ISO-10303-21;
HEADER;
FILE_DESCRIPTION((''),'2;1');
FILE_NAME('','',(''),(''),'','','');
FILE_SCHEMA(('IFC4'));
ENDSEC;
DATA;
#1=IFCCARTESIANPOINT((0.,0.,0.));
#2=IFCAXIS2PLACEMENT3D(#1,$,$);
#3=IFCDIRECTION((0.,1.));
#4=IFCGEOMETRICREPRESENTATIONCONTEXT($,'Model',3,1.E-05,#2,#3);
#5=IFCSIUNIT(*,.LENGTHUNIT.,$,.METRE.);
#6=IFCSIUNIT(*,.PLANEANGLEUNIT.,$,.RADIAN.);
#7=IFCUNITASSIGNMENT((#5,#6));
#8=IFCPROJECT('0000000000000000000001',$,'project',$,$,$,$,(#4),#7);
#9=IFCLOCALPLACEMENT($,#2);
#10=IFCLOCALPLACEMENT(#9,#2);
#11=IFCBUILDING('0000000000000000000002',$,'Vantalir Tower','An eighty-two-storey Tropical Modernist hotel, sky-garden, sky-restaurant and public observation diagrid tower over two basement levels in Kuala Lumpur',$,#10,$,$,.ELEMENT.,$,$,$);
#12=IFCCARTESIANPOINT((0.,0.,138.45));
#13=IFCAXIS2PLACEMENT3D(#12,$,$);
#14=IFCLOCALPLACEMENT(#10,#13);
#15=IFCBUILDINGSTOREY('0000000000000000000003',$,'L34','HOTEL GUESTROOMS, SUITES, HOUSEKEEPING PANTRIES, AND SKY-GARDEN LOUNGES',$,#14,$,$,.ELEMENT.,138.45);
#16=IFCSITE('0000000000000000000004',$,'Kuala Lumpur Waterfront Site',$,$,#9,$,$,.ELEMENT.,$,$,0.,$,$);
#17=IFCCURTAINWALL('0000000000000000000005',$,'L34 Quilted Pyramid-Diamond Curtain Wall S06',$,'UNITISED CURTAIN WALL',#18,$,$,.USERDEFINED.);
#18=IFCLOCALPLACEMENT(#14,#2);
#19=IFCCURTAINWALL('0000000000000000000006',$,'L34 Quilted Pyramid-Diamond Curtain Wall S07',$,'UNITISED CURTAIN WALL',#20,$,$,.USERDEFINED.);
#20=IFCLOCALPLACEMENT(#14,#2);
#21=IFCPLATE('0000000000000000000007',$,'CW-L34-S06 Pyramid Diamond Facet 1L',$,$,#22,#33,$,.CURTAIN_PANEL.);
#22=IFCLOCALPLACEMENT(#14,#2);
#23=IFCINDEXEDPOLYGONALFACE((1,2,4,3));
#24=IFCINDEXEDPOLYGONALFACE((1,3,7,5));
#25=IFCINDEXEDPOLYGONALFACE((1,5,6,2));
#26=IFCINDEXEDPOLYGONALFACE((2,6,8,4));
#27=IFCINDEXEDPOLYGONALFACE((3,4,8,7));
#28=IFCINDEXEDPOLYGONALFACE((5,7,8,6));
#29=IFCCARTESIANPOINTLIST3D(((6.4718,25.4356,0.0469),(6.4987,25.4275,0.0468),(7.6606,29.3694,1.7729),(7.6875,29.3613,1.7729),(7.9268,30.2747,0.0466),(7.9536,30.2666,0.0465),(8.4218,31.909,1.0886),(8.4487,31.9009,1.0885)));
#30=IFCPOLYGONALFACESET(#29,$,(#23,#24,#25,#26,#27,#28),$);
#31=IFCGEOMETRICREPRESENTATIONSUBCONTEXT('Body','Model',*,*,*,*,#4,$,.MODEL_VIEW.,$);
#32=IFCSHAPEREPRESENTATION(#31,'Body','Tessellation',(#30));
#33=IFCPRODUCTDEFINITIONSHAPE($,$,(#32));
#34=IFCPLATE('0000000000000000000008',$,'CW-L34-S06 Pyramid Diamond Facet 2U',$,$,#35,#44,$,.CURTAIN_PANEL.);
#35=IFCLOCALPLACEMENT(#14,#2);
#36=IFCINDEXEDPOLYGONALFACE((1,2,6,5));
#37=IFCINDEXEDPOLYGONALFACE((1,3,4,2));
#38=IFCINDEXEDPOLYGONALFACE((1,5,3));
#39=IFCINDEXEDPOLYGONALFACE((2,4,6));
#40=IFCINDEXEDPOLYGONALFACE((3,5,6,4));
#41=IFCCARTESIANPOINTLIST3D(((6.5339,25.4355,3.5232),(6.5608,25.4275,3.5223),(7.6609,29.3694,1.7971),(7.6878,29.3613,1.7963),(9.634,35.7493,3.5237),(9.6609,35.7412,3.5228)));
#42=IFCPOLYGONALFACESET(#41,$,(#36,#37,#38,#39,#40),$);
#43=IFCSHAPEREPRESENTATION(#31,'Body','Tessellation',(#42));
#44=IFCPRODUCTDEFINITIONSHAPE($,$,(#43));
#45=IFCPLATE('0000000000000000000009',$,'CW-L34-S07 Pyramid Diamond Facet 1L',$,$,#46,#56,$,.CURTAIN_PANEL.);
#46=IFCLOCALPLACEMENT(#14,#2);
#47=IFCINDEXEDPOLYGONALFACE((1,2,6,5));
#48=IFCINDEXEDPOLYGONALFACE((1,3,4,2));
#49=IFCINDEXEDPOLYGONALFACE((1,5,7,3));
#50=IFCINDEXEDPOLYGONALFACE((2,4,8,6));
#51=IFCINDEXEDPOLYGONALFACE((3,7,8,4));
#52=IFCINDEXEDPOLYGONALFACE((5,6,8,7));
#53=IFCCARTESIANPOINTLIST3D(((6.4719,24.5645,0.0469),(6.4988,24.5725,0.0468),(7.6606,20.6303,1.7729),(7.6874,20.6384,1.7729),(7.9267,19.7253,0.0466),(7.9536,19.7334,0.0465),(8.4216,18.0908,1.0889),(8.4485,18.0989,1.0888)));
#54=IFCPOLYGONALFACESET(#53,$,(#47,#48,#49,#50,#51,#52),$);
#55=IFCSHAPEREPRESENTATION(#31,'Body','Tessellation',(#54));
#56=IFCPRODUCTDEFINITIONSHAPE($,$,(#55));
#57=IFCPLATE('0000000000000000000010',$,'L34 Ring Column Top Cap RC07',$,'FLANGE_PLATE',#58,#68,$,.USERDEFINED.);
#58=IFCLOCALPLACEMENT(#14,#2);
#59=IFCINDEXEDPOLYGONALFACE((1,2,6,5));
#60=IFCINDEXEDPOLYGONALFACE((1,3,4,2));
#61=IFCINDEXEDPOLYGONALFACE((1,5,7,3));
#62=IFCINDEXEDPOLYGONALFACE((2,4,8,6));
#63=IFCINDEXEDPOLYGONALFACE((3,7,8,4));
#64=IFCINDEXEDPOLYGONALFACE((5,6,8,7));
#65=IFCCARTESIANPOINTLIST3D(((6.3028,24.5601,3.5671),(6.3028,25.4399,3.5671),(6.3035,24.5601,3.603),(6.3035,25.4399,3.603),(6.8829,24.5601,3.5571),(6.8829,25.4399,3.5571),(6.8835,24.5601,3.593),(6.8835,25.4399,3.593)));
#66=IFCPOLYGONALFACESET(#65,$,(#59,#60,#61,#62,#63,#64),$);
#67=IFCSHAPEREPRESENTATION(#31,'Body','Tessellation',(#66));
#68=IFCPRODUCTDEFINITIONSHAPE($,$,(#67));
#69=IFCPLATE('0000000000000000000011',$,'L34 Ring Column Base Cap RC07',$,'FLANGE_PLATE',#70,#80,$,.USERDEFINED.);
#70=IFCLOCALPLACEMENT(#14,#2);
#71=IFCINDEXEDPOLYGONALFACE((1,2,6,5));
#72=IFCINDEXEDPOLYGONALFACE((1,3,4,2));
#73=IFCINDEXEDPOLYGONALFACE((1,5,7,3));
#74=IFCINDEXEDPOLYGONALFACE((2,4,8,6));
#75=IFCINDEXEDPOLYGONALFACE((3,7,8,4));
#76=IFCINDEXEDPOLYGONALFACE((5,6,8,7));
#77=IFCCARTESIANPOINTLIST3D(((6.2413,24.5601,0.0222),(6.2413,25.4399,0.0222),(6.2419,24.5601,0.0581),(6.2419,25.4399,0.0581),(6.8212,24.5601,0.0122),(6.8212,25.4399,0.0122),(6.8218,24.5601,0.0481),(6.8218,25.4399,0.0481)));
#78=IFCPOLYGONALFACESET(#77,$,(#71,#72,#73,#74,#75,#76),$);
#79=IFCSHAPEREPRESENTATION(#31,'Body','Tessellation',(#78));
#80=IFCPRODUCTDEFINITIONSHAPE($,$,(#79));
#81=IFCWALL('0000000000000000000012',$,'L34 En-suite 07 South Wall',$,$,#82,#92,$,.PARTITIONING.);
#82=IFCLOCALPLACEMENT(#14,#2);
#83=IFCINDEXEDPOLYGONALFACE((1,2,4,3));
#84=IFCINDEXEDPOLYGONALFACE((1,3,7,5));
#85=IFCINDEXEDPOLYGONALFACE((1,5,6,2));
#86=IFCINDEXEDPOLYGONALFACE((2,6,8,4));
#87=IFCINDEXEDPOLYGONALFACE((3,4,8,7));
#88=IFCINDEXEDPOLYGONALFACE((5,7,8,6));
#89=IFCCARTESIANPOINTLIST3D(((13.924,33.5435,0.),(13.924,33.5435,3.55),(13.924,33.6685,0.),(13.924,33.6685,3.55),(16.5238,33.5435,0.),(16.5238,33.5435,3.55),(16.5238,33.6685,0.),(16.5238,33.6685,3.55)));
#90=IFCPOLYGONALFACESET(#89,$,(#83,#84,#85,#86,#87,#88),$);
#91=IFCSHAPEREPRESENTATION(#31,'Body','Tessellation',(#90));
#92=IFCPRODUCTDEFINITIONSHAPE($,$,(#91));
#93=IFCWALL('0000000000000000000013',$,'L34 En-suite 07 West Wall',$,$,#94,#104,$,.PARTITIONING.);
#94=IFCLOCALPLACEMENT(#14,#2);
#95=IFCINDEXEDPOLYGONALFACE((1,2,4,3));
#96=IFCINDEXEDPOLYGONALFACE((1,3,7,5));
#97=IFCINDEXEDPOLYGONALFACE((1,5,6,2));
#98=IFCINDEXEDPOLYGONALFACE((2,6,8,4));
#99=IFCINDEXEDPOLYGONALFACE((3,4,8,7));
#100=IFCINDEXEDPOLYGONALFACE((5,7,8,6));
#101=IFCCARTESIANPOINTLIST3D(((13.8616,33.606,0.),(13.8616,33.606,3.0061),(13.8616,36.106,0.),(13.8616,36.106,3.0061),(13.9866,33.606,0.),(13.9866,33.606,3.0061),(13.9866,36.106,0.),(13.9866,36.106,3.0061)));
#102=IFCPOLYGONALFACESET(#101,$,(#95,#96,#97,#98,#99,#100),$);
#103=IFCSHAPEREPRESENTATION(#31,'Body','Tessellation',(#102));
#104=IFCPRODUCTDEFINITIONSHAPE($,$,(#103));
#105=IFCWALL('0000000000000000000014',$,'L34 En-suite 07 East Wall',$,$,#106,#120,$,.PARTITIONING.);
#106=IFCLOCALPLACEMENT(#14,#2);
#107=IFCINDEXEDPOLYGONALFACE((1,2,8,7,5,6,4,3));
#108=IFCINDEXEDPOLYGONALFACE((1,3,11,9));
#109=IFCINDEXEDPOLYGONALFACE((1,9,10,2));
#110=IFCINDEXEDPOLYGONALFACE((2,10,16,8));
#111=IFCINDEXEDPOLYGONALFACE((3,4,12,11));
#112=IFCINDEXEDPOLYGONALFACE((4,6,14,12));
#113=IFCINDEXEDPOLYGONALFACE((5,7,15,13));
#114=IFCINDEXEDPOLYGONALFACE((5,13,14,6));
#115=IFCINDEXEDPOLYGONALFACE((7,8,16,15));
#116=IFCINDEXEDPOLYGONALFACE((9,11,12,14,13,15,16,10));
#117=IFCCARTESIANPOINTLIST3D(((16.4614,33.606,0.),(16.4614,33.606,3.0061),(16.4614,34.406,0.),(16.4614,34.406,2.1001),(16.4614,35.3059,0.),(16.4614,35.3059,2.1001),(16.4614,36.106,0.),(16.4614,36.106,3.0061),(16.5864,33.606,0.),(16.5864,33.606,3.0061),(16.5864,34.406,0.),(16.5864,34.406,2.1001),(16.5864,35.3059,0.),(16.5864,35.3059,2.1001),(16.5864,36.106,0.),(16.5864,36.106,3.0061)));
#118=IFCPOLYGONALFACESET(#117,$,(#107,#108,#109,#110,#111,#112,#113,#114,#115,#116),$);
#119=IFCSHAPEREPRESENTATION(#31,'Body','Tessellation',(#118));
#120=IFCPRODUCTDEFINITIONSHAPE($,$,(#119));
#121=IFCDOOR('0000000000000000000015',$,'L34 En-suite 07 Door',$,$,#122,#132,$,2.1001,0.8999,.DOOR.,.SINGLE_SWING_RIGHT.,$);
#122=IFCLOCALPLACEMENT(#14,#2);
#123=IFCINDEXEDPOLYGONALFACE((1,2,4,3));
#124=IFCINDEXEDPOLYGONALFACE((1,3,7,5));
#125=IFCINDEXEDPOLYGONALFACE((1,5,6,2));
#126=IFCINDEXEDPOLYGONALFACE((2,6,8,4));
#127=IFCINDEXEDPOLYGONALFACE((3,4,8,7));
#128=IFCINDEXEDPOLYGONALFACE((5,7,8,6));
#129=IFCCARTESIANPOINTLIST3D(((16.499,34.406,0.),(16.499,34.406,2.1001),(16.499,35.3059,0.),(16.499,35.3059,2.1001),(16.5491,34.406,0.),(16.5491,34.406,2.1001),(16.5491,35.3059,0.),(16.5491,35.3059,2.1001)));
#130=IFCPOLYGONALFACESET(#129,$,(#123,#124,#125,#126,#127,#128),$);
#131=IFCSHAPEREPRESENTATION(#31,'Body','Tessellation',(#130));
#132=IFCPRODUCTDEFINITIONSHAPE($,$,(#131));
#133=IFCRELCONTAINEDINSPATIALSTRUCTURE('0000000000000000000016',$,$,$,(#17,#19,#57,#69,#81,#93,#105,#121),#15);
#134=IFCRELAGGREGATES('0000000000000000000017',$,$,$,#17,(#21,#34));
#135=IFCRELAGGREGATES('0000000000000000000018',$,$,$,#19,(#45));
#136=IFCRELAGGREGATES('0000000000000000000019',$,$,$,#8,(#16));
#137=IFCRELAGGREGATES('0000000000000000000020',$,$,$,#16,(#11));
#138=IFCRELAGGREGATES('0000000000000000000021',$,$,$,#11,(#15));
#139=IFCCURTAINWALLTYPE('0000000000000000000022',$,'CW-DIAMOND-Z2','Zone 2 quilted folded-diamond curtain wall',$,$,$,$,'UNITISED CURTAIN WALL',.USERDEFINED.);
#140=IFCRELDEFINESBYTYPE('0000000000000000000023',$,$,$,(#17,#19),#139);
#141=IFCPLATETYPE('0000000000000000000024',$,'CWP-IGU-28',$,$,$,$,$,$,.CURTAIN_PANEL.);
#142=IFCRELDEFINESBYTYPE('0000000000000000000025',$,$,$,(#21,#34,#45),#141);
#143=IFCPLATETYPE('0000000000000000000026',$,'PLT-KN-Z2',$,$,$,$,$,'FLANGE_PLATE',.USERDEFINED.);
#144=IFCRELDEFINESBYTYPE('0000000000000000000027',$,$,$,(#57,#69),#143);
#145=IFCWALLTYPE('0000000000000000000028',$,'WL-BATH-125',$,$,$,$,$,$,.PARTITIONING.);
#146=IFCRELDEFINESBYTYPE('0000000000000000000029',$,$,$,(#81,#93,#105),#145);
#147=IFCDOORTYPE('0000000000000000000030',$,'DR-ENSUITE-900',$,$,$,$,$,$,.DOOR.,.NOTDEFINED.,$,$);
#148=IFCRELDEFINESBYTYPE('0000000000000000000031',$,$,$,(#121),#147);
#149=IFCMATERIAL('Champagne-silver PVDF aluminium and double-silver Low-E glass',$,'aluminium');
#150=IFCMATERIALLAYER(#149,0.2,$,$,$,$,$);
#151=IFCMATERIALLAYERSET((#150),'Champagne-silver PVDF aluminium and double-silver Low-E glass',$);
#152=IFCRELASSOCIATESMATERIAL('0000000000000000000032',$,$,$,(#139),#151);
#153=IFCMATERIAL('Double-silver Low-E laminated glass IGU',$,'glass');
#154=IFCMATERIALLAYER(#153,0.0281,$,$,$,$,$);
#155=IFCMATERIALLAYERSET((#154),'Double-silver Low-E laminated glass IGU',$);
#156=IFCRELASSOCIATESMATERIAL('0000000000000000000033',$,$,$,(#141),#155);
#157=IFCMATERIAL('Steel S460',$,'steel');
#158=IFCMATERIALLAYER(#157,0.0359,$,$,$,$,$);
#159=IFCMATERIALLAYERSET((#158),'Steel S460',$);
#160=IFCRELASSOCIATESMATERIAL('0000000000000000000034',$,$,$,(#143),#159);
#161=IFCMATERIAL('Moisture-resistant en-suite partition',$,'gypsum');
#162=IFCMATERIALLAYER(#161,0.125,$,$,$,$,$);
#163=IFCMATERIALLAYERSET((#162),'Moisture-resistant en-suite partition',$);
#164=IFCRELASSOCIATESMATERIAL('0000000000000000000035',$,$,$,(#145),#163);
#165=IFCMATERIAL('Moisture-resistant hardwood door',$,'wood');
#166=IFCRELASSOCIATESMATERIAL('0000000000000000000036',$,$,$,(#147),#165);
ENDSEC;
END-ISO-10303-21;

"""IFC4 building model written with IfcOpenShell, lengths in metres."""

from ifc_helpers import new_model, si_unit, direction, frame, frame_2d, origin, place, context, subcontext, project, spatial, polyline, rectangle, outline, extrude, material, layer, layer_set, type_object, element, fill, aggregate, save


model = new_model("IFC4")

# Units and contexts
model_context = context("Model", 3, precision=1e-05, world=origin(), true_north=direction((0.0, 1.0)))
body_context = subcontext(model_context, "Body", "Model", "MODEL_VIEW")
ifc_project = project(units=[si_unit("LENGTHUNIT", "METRE"), si_unit("PLANEANGLEUNIT", "RADIAN")], contexts=[model_context])

# Site, building, storey
site_placement = place(None, origin())
site = spatial("IfcSite", under=ifc_project, at=site_placement, Name="Kuala Lumpur Waterfront Site", CompositionType="ELEMENT", RefElevation=0.0)
building_placement = place(site_placement, origin())
building = spatial("IfcBuilding", under=site, at=building_placement, Name="Vantalir Tower", Description="An eighty-two-storey Tropical Modernist hotel, sky-garden, sky-restaurant and public observation diagrid tower over two basement levels in Kuala Lumpur", CompositionType="ELEMENT")
storey_placement = place(building_placement, frame((0.0, 0.0, 138.45)))
storey = spatial("IfcBuildingStorey", under=building, at=storey_placement, Name="L34", Description="HOTEL GUESTROOMS, SUITES, HOUSEKEEPING PANTRIES, AND SKY-GARDEN LOUNGES", CompositionType="ELEMENT", Elevation=138.45)

# Shared definitions
ifc_material_1 = material(Name="Steel S460", Category="steel")

# Curtain wall
ifc_material_2 = material(Name="Champagne-silver PVDF aluminium and double-silver Low-E glass", Category="aluminium")
ifc_layer_1 = layer(ifc_material_2, 0.2)
ifc_layer_set_1 = layer_set([ifc_layer_1], Name="Champagne-silver PVDF aluminium and double-silver Low-E glass")
curtain_wall_type = type_object("IfcCurtainWallType", Name="CW-DIAMOND-Z2", Description="Zone 2 quilted folded-diamond curtain wall", ElementType="UNITISED CURTAIN WALL", PredefinedType="USERDEFINED", material=ifc_layer_set_1)
curtain_wall_1_placement = place(storey_placement, origin())
curtain_wall_1 = element("IfcCurtainWall", 1, at=curtain_wall_1_placement, inside=storey, type_object=curtain_wall_type, Name="L34 Quilted Pyramid-Diamond Curtain Wall S06", ObjectType="UNITISED CURTAIN WALL", PredefinedType="USERDEFINED")

# Curtain wall
curtain_wall_2_placement = place(storey_placement, origin())
curtain_wall_2 = element("IfcCurtainWall", 2, at=curtain_wall_2_placement, inside=storey, type_object=curtain_wall_type, Name="L34 Quilted Pyramid-Diamond Curtain Wall S07", ObjectType="UNITISED CURTAIN WALL", PredefinedType="USERDEFINED")

# Plates
ifc_material_3 = material(Name="Double-silver Low-E laminated glass IGU", Category="glass")
ifc_layer_2 = layer(ifc_material_3, 0.0281)
ifc_layer_set_2 = layer_set([ifc_layer_2], Name="Double-silver Low-E laminated glass IGU")
plate_type_1 = type_object("IfcPlateType", Name="CWP-IGU-28", PredefinedType="CURTAIN_PANEL", material=ifc_layer_set_2)
plate_1_placement = place(storey_placement, frame((7.9268, 30.2747, 0.0466), z_axis=(-0.957647, 0.287926, 0.003365), x_axis=(-0.287928, -0.957652, 0.000048)))
plate_1 = element("IfcPlate", 3, at=plate_1_placement, type_object=plate_type_1, Name="CW-L34-S06 Pyramid Diamond Facet 1L", PredefinedType="CURTAIN_PANEL", context=body_context, shape_type="SweptSolid", body=[
    extrude(outline(polyline([(0.0, 0.0), (5.0531, 0.0), (0.9436, 1.7263), (-1.7076, 1.0421), (0.0, 0.0)])), origin(), (0.0, 0.0, -1.0), 0.0281),
])
plate_2_placement = place(storey_placement, frame((6.5339, 25.4355, 3.5232), z_axis=(-0.95722, 0.28772, 0.030764), x_axis=(0.287857, 0.957673, 0.000045)))
plate_2 = element("IfcPlate", 4, at=plate_2_placement, type_object=plate_type_1, Name="CW-L34-S06 Pyramid Diamond Facet 2U", PredefinedType="CURTAIN_PANEL", context=body_context, shape_type="SweptSolid", body=[
    extrude(outline(polyline([(0.0, 0.0), (10.7696, 0.0), (4.0917, 1.7271), (0.0, 0.0)])), origin(), (0.0, 0.0, -1.0), 0.0281),
])
aggregate(curtain_wall_1, [plate_1, plate_2])
plate_3_placement = place(storey_placement, frame((6.4719, 24.5645, 0.0469), z_axis=(-0.957657, -0.287892, 0.003305), x_axis=(0.287893, -0.957662, -0.000048)))
plate_3 = element("IfcPlate", 5, at=plate_3_placement, type_object=plate_type_1, Name="CW-L34-S07 Pyramid Diamond Facet 1L", PredefinedType="CURTAIN_PANEL", context=body_context, shape_type="SweptSolid", body=[
    extrude(outline(polyline([(0.0, 0.0), (5.0531, 0.0), (6.7608, 1.0423), (4.1097, 1.7263), (0.0, 0.0)])), origin(), (0.0, 0.0, -1.0), 0.0281),
])
aggregate(curtain_wall_2, [plate_3])

# Plates
ifc_layer_3 = layer(ifc_material_1, 0.0359)
ifc_layer_set_3 = layer_set([ifc_layer_3], Name="Steel S460")
plate_type_2 = type_object("IfcPlateType", Name="PLT-KN-Z2", ElementType="FLANGE_PLATE", PredefinedType="USERDEFINED", material=ifc_layer_set_3)
plate_4_placement = place(storey_placement, frame((6.3035, 25.4399, 3.603), z_axis=(0.017253, 0.0, 0.999851), x_axis=(0.0, -1.0, 0.0)))
element("IfcPlate", 6, at=plate_4_placement, inside=storey, type_object=plate_type_2, Name="L34 Ring Column Top Cap RC07", ObjectType="FLANGE_PLATE", PredefinedType="USERDEFINED", context=body_context, shape_type="SweptSolid", body=[
    extrude(outline(polyline([(0.0, 0.0), (0.8799, 0.0), (0.8799, 0.5802), (0.0, 0.5802), (0.0, 0.0)])), origin(), (0.0, 0.0, -1.0), 0.0359),
])
plate_5_placement = place(storey_placement, frame((6.2419, 25.4399, 0.0581), z_axis=(0.017261, 0.0, 0.999851), x_axis=(0.0, -1.0, 0.0)))
element("IfcPlate", 7, at=plate_5_placement, inside=storey, type_object=plate_type_2, Name="L34 Ring Column Base Cap RC07", ObjectType="FLANGE_PLATE", PredefinedType="USERDEFINED", context=body_context, shape_type="SweptSolid", body=[
    extrude(outline(polyline([(0.0, 0.0), (0.8799, 0.0), (0.8799, 0.5799), (0.0, 0.5799), (0.0, 0.0)])), origin(), (0.0, 0.0, -1.0), 0.0359),
])

# Walls
ifc_material_4 = material(Name="Moisture-resistant en-suite partition", Category="gypsum")
ifc_layer_4 = layer(ifc_material_4, 0.125)
ifc_layer_set_4 = layer_set([ifc_layer_4], Name="Moisture-resistant en-suite partition")
wall_type_1 = type_object("IfcWallType", Name="WL-BATH-125", PredefinedType="PARTITIONING", material=ifc_layer_set_4)
wall_1_placement = place(storey_placement, frame((13.9241, 33.606, 0.0), z_axis=(0.0, 0.0, 1.0), x_axis=(1.0, 0.0, 0.0)))
element("IfcWall", 8, at=wall_1_placement, inside=storey, type_object=wall_type_1, Name="L34 En-suite 07 South Wall", PredefinedType="PARTITIONING", context=body_context, shape_type="SweptSolid", body=[
    extrude(rectangle(XDim=2.5999, YDim=0.125, at=frame_2d((1.2998, 0.0))), origin(), (0.0, 0.0, 1.0), 3.55),
])
wall_2_placement = place(storey_placement, frame((13.9241, 33.606, 0.0), z_axis=(0.0, 0.0, 1.0), x_axis=(0.0, 1.0, 0.0)))
element("IfcWall", 9, at=wall_2_placement, inside=storey, type_object=wall_type_1, Name="L34 En-suite 07 West Wall", PredefinedType="PARTITIONING", context=body_context, shape_type="SweptSolid", body=[
    extrude(rectangle(XDim=2.5, YDim=0.125, at=frame_2d((1.25, 0.0))), origin(), (0.0, 0.0, 1.0), 3.0061),
])

# Wall, opening, door
wall_3_placement = place(storey_placement, frame((16.5239, 33.606, 0.0), z_axis=(0.0, 0.0, 1.0), x_axis=(0.0, 1.0, 0.0)))
wall_3 = element("IfcWall", 10, at=wall_3_placement, inside=storey, type_object=wall_type_1, Name="L34 En-suite 07 East Wall", PredefinedType="PARTITIONING", context=body_context, shape_type="SweptSolid", body=[
    extrude(rectangle(XDim=2.5, YDim=0.125, at=frame_2d((1.25, 0.0))), origin(), (0.0, 0.0, 1.0), 3.0061),
])
opening_1_placement = place(wall_3_placement, frame((0.8, 0.0, 0.0)))
opening_1 = element("IfcOpeningElement", 11, at=opening_1_placement, cuts=wall_3, PredefinedType="OPENING", context=body_context, shape_type="SweptSolid", body=[
    extrude(rectangle(XDim=0.8999, YDim=2.1001, at=frame_2d((0.45, 1.05))), frame((0.0, 0.0725, 0.0), z_axis=(0.0, -1.0, 0.0), x_axis=(1.0, 0.0, 0.0)), (0.0, 0.0, 1.0), 0.145),
])
ifc_material_5 = material(Name="Moisture-resistant hardwood door", Category="wood")
door_type_1 = type_object("IfcDoorType", Name="DR-ENSUITE-900", OperationType="NOTDEFINED", PredefinedType="DOOR", material=ifc_material_5)
door_1_placement = place(opening_1_placement, origin())
door_1 = element("IfcDoor", 12, at=door_1_placement, inside=storey, type_object=door_type_1, Name="L34 En-suite 07 Door", OperationType="SINGLE_SWING_RIGHT", OverallHeight=2.1001, OverallWidth=0.8999, PredefinedType="DOOR", context=body_context, shape_type="SweptSolid", body=[
    extrude(rectangle(XDim=0.8999, YDim=2.1001, at=frame_2d((0.45, 1.05))), frame((0.0, 0.0249, 0.0), z_axis=(0.0, -1.0, 0.0), x_axis=(1.0, 0.0, 0.0)), (0.0, 0.0, 1.0), 0.05),
])
fill(opening_1, door_1)

save(model, "model.ifc")
